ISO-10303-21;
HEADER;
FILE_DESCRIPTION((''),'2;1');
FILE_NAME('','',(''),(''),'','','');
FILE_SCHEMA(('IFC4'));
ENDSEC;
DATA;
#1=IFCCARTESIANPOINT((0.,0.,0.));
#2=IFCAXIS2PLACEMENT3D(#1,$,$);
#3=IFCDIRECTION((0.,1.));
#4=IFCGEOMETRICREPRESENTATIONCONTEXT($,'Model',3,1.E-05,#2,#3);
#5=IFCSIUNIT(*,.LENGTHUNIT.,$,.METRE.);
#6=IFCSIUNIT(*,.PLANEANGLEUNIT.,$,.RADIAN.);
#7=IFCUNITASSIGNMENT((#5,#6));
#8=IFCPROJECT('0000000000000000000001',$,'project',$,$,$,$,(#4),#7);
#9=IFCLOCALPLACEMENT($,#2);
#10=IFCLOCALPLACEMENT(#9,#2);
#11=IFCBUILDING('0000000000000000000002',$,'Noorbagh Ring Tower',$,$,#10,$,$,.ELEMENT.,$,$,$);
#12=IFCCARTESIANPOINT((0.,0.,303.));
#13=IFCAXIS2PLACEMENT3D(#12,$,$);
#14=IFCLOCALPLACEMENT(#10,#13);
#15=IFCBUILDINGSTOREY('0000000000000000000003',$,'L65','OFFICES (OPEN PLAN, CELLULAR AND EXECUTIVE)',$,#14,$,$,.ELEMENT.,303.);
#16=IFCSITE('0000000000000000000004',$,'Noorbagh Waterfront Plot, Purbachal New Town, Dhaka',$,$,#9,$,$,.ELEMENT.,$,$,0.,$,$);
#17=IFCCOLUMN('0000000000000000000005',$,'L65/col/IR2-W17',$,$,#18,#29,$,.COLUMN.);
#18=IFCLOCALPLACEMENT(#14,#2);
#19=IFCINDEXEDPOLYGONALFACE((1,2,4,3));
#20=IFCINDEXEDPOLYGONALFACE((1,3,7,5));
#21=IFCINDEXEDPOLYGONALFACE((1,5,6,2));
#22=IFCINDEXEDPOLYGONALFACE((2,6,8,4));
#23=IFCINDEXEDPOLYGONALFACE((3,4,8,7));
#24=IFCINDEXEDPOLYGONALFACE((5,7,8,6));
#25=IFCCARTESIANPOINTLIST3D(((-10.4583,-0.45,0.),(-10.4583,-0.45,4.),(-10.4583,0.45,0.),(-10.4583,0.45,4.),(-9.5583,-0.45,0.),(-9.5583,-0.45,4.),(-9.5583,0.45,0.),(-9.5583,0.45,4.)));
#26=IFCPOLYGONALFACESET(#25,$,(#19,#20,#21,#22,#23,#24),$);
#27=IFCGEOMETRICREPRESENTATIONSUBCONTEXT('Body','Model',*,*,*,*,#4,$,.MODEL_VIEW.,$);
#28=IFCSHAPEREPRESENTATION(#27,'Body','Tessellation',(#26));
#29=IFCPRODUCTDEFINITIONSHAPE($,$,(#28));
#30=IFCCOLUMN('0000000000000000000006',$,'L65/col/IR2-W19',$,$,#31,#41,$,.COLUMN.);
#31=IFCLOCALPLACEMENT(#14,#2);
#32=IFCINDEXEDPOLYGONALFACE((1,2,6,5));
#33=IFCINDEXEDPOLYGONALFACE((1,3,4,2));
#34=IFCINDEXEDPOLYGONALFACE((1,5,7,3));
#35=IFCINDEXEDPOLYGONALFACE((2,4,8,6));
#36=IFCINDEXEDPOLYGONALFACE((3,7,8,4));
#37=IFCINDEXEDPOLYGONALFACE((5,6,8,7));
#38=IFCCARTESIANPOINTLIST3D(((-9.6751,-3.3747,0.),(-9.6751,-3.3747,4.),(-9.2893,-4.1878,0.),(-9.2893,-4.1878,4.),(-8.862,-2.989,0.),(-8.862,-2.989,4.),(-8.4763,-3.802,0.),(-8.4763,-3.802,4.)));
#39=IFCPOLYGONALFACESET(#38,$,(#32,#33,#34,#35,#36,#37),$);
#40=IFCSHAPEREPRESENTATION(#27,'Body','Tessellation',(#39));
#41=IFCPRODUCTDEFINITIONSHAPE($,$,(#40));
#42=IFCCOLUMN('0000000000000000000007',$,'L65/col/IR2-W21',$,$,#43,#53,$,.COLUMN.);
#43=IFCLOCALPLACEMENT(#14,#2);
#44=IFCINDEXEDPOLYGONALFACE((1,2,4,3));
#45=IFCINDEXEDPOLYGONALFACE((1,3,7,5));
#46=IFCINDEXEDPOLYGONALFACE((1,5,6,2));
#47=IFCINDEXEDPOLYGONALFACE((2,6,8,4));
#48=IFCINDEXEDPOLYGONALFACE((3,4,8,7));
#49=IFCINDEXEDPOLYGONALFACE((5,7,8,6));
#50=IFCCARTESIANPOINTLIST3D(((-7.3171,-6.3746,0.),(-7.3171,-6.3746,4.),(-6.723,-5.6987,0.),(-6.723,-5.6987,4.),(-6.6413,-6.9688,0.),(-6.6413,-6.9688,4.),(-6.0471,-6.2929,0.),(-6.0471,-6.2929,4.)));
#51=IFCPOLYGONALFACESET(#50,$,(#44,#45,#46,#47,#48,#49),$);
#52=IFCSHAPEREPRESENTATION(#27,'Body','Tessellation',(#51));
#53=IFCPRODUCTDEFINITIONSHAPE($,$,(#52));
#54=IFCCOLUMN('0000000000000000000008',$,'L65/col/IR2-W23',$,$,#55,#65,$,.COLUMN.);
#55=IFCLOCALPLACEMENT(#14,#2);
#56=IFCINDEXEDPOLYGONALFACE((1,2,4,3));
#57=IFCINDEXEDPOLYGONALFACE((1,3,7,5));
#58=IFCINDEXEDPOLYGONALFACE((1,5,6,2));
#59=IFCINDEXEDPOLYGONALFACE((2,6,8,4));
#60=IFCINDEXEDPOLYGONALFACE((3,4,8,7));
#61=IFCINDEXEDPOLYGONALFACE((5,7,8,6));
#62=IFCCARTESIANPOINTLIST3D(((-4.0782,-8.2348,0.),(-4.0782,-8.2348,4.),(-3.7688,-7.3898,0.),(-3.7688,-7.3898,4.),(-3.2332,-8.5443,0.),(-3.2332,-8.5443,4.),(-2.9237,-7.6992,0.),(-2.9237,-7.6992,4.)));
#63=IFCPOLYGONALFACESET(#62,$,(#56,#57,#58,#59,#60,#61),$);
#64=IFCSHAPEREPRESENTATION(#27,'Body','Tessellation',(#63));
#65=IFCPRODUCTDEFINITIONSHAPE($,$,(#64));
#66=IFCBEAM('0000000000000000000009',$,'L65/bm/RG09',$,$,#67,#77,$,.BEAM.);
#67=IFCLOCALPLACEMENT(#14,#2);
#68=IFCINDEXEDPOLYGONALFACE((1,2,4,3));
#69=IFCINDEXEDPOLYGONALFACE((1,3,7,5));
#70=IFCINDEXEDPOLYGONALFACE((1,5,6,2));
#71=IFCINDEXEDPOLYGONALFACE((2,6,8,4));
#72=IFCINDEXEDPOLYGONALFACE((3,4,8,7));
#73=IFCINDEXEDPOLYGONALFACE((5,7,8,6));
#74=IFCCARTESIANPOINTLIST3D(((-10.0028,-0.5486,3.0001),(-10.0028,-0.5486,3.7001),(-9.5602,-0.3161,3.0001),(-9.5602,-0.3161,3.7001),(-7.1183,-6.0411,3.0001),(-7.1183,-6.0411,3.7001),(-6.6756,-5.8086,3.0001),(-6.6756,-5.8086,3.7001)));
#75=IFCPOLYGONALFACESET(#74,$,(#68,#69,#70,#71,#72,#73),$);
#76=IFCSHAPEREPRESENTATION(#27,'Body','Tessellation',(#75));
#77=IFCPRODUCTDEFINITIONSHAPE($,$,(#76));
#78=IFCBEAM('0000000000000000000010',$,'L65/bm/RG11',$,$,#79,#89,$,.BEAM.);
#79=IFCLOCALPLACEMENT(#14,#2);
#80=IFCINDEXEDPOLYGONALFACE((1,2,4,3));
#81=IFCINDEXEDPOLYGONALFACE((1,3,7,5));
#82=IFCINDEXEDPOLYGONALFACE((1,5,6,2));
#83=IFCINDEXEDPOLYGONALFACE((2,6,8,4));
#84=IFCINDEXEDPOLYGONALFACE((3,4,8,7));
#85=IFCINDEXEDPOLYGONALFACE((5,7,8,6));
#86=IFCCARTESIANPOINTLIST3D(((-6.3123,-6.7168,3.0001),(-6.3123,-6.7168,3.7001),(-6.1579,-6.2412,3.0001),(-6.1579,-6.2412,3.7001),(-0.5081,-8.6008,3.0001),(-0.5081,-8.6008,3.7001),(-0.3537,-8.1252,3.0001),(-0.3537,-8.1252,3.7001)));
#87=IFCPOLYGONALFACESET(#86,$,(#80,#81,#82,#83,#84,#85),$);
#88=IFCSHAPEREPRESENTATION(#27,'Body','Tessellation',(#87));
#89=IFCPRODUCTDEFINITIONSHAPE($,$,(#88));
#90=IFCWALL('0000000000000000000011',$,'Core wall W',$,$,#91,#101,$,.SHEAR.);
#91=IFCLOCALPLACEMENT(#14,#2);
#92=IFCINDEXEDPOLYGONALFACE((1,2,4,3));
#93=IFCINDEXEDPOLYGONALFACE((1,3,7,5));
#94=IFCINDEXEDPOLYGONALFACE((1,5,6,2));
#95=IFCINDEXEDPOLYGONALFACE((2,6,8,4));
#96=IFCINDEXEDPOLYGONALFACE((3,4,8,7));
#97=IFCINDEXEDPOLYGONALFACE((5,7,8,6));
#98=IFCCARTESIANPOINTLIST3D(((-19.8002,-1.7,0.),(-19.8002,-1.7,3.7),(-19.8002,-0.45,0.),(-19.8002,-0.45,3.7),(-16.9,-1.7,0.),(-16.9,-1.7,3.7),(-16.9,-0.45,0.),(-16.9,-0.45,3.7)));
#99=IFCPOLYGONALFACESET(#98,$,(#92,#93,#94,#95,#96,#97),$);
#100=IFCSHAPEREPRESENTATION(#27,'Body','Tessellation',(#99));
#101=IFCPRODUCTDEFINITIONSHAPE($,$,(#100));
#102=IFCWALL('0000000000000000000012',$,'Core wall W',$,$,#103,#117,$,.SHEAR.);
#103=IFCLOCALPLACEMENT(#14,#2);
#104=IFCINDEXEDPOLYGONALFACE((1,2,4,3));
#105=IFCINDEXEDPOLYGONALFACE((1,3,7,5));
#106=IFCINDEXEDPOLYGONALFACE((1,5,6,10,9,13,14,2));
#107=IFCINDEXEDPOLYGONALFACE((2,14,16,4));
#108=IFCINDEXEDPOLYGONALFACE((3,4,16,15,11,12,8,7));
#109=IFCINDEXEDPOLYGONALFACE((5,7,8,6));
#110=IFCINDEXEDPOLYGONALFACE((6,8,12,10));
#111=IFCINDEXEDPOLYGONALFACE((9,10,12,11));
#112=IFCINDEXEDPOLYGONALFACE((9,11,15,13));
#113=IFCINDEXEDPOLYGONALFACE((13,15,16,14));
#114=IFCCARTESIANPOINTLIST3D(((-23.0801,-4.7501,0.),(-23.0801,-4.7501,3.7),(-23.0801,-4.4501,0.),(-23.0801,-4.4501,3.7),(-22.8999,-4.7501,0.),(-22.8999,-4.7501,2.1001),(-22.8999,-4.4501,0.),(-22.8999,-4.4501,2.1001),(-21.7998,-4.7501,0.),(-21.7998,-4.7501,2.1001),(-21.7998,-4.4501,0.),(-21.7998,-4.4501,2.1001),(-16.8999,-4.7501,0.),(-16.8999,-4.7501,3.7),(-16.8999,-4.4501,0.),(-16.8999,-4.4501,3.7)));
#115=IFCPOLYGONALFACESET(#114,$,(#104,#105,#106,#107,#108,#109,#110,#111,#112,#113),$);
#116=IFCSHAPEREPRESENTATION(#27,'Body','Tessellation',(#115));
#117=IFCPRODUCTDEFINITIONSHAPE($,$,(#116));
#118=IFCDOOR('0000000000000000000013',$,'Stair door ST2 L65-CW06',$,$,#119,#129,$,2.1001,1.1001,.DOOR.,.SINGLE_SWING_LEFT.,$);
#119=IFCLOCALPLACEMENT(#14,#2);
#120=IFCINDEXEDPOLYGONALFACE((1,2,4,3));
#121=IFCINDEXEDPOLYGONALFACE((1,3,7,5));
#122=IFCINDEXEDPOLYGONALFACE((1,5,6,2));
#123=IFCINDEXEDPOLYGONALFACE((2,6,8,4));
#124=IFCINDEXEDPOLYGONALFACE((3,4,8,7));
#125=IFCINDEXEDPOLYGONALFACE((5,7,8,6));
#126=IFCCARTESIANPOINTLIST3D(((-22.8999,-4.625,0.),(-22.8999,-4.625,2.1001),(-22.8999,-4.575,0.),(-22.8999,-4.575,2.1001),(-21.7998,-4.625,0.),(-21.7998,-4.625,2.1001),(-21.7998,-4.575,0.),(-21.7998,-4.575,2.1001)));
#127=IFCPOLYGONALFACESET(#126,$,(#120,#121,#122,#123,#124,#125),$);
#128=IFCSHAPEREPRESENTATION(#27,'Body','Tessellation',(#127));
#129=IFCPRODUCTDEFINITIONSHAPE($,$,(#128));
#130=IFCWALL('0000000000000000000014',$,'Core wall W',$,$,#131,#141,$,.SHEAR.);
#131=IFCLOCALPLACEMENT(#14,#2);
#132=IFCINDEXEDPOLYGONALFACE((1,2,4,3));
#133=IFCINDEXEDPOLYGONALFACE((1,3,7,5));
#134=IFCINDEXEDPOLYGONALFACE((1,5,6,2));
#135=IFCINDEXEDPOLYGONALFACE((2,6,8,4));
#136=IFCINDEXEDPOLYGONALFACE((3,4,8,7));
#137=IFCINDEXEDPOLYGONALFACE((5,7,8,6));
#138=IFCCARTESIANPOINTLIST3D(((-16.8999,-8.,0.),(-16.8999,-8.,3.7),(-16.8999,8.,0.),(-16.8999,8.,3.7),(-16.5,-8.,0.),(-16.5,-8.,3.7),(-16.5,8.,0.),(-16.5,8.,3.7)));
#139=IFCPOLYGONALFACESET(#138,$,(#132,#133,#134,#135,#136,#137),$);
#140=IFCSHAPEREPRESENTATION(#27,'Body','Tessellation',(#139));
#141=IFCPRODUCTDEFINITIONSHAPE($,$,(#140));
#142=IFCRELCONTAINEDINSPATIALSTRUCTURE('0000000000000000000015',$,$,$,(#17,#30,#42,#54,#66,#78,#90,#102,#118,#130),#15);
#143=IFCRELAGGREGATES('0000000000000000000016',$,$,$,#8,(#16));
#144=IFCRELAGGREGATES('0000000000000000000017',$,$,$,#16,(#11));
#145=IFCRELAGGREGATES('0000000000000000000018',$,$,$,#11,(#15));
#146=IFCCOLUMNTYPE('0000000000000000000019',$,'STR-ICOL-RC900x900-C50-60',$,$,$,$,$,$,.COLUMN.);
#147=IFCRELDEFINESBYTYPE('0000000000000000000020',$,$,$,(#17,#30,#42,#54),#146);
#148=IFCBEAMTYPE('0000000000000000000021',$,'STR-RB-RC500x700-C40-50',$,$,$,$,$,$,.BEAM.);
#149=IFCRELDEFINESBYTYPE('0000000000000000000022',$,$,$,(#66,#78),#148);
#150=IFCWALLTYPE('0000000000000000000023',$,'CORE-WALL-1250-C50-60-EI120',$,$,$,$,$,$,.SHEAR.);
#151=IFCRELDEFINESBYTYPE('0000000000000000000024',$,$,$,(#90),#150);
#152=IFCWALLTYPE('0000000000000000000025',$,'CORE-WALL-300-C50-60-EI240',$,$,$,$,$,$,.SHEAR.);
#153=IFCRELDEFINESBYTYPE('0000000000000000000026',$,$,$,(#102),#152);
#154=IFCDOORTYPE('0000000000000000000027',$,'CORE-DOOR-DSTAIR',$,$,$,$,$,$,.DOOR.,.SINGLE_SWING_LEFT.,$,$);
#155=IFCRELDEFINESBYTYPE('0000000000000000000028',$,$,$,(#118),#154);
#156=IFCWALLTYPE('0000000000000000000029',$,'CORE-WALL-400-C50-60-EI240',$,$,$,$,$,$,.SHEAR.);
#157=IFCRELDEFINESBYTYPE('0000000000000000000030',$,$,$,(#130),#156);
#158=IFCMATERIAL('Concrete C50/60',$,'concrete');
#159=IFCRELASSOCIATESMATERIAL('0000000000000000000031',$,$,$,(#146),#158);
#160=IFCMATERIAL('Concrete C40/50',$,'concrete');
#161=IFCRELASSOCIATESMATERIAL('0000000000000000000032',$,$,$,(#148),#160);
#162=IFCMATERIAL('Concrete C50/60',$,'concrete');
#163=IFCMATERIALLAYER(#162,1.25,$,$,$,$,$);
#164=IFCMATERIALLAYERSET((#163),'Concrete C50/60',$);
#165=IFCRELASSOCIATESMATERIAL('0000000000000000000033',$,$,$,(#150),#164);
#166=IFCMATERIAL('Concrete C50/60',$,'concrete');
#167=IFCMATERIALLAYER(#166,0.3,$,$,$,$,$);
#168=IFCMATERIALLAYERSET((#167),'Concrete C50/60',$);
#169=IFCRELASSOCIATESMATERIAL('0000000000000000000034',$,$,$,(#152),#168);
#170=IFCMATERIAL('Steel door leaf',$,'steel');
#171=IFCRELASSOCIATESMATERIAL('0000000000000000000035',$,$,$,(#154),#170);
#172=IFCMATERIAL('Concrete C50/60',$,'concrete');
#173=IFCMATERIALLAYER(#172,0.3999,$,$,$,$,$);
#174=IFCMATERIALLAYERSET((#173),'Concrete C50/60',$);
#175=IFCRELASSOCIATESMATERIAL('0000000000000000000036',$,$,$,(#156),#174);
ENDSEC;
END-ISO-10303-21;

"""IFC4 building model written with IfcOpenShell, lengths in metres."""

from ifc_helpers import new_model, si_unit, direction, frame, frame_2d, origin, origin_2d, place, context, subcontext, project, spatial, rectangle, extrude, material, layer, layer_set, material_profile, profile_set, type_object, element, fill, save


model = new_model("IFC4")

# Units and contexts
model_context = context("Model", 3, precision=1e-05, world=origin(), true_north=direction((0.0, 1.0)))
body_context = subcontext(model_context, "Body", "Model", "MODEL_VIEW")
ifc_project = project(units=[si_unit("LENGTHUNIT", "METRE"), si_unit("PLANEANGLEUNIT", "RADIAN")], contexts=[model_context])

# Site, building, storey
site_placement = place(None, origin())
site = spatial("IfcSite", under=ifc_project, at=site_placement, Name="Noorbagh Waterfront Plot, Purbachal New Town, Dhaka", CompositionType="ELEMENT", RefElevation=0.0)
building_placement = place(site_placement, origin())
building = spatial("IfcBuilding", under=site, at=building_placement, Name="Noorbagh Ring Tower", CompositionType="ELEMENT")
storey_placement = place(building_placement, frame((0.0, 0.0, 303.0)))
storey = spatial("IfcBuildingStorey", under=building, at=storey_placement, Name="L65", Description="OFFICES (OPEN PLAN, CELLULAR AND EXECUTIVE)", CompositionType="ELEMENT", Elevation=303.0)

# Columns
ifc_material_1 = material(Name="Concrete C50/60", Category="concrete")
ifc_material_profile_1 = material_profile(ifc_material_1, rectangle(XDim=0.8999, YDim=0.8999, at=origin_2d()), Name="RC900x900")
ifc_profile_set_1 = profile_set([ifc_material_profile_1], Name="Concrete C50/60")
column_type = type_object("IfcColumnType", Name="STR-ICOL-RC900x900-C50-60", PredefinedType="COLUMN", material=ifc_profile_set_1)
for number, where, z_axis, x_axis, name in (
    (1, (-10.0083, 0.0, 0.0), (0.0, 0.0, 1.0), (0.0, -1.0, 0.0), "L65/col/IR2-W17"),
    (2, (-9.0757, -3.5884, 0.0), (0.0, 0.0, 1.0), (0.428667, -0.903463, 0.0), "L65/col/IR2-W19"),
    (3, (-6.6821, -6.3337, 0.0), (0.0, 0.0, 1.0), (0.751022, -0.660277, 0.0), "L65/col/IR2-W21"),
    (4, (-3.501, -7.967, 0.0), (0.0, 0.0, 1.0), (0.93902, -0.343864, 0.0), "L65/col/IR2-W23"),
):
    element("IfcColumn", number, at=place(storey_placement, frame(where, z_axis=z_axis, x_axis=x_axis)), inside=storey, type_object=column_type, Name=name, PredefinedType="COLUMN", context=body_context, shape_type="SweptSolid", body=[
        extrude(rectangle(XDim=0.8999, YDim=0.8999, at=origin_2d()), origin(), (0.0, 0.0, 1.0), 4.0),
    ])

# Beams
ifc_material_2 = material(Name="Concrete C40/50", Category="concrete")
ifc_material_profile_2 = material_profile(ifc_material_2, rectangle(XDim=0.5, YDim=0.7, at=origin_2d()), Name="RC500x700")
ifc_profile_set_2 = profile_set([ifc_material_profile_2], Name="Concrete C40/50")
beam_type = type_object("IfcBeamType", Name="STR-RB-RC500x700-C40-50", PredefinedType="BEAM", material=ifc_profile_set_2)
beam_1_placement = place(storey_placement, frame((-9.7815, -0.4324, 3.3501), z_axis=(0.46496, -0.885332, 0.0), x_axis=(0.885332, 0.46496, 0.0)))
element("IfcBeam", 5, at=beam_1_placement, inside=storey, type_object=beam_type, Name="L65/bm/RG09", PredefinedType="BEAM", context=body_context, shape_type="SweptSolid", body=[
    extrude(rectangle(XDim=0.5, YDim=0.7, at=origin_2d()), origin(), (0.0, 0.0, 1.0), 6.2039),
])
beam_2_placement = place(storey_placement, frame((-6.2351, -6.479, 3.3501), z_axis=(0.951146, -0.30874, 0.0), x_axis=(0.30874, 0.951146, 0.0)))
element("IfcBeam", 6, at=beam_2_placement, inside=storey, type_object=beam_type, Name="L65/bm/RG11", PredefinedType="BEAM", context=body_context, shape_type="SweptSolid", body=[
    extrude(rectangle(XDim=0.5, YDim=0.7, at=origin_2d()), origin(), (0.0, 0.0, 1.0), 6.1023),
])

# Wall
ifc_material_3 = material(Name="Concrete C50/60", Category="concrete")
ifc_layer_1 = layer(ifc_material_3, 1.25)
ifc_layer_set_1 = layer_set([ifc_layer_1], Name="Concrete C50/60")
wall_type_1 = type_object("IfcWallType", Name="CORE-WALL-1250-C50-60-EI120", PredefinedType="SHEAR", material=ifc_layer_set_1)
wall_1_placement = place(storey_placement, frame((-16.8999, -1.075, 0.0), z_axis=(0.0, 0.0, 1.0), x_axis=(-1.0, 0.0, 0.0)))
element("IfcWall", 7, at=wall_1_placement, inside=storey, type_object=wall_type_1, Name="Core wall W", PredefinedType="SHEAR", context=body_context, shape_type="SweptSolid", body=[
    extrude(rectangle(XDim=2.9001, YDim=1.25, at=frame_2d((1.4502, 0.0))), origin(), (0.0, 0.0, 1.0), 3.7),
])

# Wall, opening, door
ifc_material_4 = material(Name="Concrete C50/60", Category="concrete")
ifc_layer_2 = layer(ifc_material_4, 0.3)
ifc_layer_set_2 = layer_set([ifc_layer_2], Name="Concrete C50/60")
wall_type_2 = type_object("IfcWallType", Name="CORE-WALL-300-C50-60-EI240", PredefinedType="SHEAR", material=ifc_layer_set_2)
wall_2_placement = place(storey_placement, frame((-16.8999, -4.6001, 0.0), z_axis=(0.0, 0.0, 1.0), x_axis=(-1.0, 0.0, 0.0)))
wall_2 = element("IfcWall", 8, at=wall_2_placement, inside=storey, type_object=wall_type_2, Name="Core wall W", PredefinedType="SHEAR", context=body_context, shape_type="SweptSolid", body=[
    extrude(rectangle(XDim=6.1802, YDim=0.3, at=frame_2d((3.0901, 0.0))), origin(), (0.0, 0.0, 1.0), 3.7),
])
opening_1_placement = place(wall_2_placement, frame((4.8999, 0.0, 0.0)))
opening_1 = element("IfcOpeningElement", 9, at=opening_1_placement, cuts=wall_2, PredefinedType="OPENING", context=body_context, shape_type="SweptSolid", body=[
    extrude(rectangle(XDim=1.1001, YDim=2.1001, at=frame_2d((0.55, 1.05))), frame((0.0, 0.1602, 0.0), z_axis=(0.0, -1.0, 0.0), x_axis=(1.0, 0.0, 0.0)), (0.0, 0.0, 1.0), 0.3201),
])
ifc_material_5 = material(Name="Steel door leaf", Category="steel")
door_type_1 = type_object("IfcDoorType", Name="CORE-DOOR-DSTAIR", OperationType="SINGLE_SWING_LEFT", PredefinedType="DOOR", material=ifc_material_5)
door_1_placement = place(opening_1_placement, origin())
door_1 = element("IfcDoor", 10, at=door_1_placement, inside=storey, type_object=door_type_1, Name="Stair door ST2 L65-CW06", OperationType="SINGLE_SWING_LEFT", OverallHeight=2.1001, OverallWidth=1.1001, PredefinedType="DOOR", context=body_context, shape_type="SweptSolid", body=[
    extrude(rectangle(XDim=1.1001, YDim=2.1001, at=frame_2d((0.55, 1.05))), frame((0.0, 0.0249, 0.0), z_axis=(0.0, -1.0, 0.0), x_axis=(1.0, 0.0, 0.0)), (0.0, 0.0, 1.0), 0.05),
])
fill(opening_1, door_1)

# Wall
ifc_material_6 = material(Name="Concrete C50/60", Category="concrete")
ifc_layer_3 = layer(ifc_material_6, 0.3999)
ifc_layer_set_3 = layer_set([ifc_layer_3], Name="Concrete C50/60")
wall_type_3 = type_object("IfcWallType", Name="CORE-WALL-400-C50-60-EI240", PredefinedType="SHEAR", material=ifc_layer_set_3)
wall_3_placement = place(storey_placement, frame((-16.7, -8.0, 0.0), z_axis=(0.0, 0.0, 1.0), x_axis=(0.0, 1.0, 0.0)))
element("IfcWall", 11, at=wall_3_placement, inside=storey, type_object=wall_type_3, Name="Core wall W", PredefinedType="SHEAR", context=body_context, shape_type="SweptSolid", body=[
    extrude(rectangle(XDim=16.0, YDim=0.3999, at=frame_2d((8.0, 0.0))), origin(), (0.0, 0.0, 1.0), 3.7),
])

save(model, "model.ifc")
